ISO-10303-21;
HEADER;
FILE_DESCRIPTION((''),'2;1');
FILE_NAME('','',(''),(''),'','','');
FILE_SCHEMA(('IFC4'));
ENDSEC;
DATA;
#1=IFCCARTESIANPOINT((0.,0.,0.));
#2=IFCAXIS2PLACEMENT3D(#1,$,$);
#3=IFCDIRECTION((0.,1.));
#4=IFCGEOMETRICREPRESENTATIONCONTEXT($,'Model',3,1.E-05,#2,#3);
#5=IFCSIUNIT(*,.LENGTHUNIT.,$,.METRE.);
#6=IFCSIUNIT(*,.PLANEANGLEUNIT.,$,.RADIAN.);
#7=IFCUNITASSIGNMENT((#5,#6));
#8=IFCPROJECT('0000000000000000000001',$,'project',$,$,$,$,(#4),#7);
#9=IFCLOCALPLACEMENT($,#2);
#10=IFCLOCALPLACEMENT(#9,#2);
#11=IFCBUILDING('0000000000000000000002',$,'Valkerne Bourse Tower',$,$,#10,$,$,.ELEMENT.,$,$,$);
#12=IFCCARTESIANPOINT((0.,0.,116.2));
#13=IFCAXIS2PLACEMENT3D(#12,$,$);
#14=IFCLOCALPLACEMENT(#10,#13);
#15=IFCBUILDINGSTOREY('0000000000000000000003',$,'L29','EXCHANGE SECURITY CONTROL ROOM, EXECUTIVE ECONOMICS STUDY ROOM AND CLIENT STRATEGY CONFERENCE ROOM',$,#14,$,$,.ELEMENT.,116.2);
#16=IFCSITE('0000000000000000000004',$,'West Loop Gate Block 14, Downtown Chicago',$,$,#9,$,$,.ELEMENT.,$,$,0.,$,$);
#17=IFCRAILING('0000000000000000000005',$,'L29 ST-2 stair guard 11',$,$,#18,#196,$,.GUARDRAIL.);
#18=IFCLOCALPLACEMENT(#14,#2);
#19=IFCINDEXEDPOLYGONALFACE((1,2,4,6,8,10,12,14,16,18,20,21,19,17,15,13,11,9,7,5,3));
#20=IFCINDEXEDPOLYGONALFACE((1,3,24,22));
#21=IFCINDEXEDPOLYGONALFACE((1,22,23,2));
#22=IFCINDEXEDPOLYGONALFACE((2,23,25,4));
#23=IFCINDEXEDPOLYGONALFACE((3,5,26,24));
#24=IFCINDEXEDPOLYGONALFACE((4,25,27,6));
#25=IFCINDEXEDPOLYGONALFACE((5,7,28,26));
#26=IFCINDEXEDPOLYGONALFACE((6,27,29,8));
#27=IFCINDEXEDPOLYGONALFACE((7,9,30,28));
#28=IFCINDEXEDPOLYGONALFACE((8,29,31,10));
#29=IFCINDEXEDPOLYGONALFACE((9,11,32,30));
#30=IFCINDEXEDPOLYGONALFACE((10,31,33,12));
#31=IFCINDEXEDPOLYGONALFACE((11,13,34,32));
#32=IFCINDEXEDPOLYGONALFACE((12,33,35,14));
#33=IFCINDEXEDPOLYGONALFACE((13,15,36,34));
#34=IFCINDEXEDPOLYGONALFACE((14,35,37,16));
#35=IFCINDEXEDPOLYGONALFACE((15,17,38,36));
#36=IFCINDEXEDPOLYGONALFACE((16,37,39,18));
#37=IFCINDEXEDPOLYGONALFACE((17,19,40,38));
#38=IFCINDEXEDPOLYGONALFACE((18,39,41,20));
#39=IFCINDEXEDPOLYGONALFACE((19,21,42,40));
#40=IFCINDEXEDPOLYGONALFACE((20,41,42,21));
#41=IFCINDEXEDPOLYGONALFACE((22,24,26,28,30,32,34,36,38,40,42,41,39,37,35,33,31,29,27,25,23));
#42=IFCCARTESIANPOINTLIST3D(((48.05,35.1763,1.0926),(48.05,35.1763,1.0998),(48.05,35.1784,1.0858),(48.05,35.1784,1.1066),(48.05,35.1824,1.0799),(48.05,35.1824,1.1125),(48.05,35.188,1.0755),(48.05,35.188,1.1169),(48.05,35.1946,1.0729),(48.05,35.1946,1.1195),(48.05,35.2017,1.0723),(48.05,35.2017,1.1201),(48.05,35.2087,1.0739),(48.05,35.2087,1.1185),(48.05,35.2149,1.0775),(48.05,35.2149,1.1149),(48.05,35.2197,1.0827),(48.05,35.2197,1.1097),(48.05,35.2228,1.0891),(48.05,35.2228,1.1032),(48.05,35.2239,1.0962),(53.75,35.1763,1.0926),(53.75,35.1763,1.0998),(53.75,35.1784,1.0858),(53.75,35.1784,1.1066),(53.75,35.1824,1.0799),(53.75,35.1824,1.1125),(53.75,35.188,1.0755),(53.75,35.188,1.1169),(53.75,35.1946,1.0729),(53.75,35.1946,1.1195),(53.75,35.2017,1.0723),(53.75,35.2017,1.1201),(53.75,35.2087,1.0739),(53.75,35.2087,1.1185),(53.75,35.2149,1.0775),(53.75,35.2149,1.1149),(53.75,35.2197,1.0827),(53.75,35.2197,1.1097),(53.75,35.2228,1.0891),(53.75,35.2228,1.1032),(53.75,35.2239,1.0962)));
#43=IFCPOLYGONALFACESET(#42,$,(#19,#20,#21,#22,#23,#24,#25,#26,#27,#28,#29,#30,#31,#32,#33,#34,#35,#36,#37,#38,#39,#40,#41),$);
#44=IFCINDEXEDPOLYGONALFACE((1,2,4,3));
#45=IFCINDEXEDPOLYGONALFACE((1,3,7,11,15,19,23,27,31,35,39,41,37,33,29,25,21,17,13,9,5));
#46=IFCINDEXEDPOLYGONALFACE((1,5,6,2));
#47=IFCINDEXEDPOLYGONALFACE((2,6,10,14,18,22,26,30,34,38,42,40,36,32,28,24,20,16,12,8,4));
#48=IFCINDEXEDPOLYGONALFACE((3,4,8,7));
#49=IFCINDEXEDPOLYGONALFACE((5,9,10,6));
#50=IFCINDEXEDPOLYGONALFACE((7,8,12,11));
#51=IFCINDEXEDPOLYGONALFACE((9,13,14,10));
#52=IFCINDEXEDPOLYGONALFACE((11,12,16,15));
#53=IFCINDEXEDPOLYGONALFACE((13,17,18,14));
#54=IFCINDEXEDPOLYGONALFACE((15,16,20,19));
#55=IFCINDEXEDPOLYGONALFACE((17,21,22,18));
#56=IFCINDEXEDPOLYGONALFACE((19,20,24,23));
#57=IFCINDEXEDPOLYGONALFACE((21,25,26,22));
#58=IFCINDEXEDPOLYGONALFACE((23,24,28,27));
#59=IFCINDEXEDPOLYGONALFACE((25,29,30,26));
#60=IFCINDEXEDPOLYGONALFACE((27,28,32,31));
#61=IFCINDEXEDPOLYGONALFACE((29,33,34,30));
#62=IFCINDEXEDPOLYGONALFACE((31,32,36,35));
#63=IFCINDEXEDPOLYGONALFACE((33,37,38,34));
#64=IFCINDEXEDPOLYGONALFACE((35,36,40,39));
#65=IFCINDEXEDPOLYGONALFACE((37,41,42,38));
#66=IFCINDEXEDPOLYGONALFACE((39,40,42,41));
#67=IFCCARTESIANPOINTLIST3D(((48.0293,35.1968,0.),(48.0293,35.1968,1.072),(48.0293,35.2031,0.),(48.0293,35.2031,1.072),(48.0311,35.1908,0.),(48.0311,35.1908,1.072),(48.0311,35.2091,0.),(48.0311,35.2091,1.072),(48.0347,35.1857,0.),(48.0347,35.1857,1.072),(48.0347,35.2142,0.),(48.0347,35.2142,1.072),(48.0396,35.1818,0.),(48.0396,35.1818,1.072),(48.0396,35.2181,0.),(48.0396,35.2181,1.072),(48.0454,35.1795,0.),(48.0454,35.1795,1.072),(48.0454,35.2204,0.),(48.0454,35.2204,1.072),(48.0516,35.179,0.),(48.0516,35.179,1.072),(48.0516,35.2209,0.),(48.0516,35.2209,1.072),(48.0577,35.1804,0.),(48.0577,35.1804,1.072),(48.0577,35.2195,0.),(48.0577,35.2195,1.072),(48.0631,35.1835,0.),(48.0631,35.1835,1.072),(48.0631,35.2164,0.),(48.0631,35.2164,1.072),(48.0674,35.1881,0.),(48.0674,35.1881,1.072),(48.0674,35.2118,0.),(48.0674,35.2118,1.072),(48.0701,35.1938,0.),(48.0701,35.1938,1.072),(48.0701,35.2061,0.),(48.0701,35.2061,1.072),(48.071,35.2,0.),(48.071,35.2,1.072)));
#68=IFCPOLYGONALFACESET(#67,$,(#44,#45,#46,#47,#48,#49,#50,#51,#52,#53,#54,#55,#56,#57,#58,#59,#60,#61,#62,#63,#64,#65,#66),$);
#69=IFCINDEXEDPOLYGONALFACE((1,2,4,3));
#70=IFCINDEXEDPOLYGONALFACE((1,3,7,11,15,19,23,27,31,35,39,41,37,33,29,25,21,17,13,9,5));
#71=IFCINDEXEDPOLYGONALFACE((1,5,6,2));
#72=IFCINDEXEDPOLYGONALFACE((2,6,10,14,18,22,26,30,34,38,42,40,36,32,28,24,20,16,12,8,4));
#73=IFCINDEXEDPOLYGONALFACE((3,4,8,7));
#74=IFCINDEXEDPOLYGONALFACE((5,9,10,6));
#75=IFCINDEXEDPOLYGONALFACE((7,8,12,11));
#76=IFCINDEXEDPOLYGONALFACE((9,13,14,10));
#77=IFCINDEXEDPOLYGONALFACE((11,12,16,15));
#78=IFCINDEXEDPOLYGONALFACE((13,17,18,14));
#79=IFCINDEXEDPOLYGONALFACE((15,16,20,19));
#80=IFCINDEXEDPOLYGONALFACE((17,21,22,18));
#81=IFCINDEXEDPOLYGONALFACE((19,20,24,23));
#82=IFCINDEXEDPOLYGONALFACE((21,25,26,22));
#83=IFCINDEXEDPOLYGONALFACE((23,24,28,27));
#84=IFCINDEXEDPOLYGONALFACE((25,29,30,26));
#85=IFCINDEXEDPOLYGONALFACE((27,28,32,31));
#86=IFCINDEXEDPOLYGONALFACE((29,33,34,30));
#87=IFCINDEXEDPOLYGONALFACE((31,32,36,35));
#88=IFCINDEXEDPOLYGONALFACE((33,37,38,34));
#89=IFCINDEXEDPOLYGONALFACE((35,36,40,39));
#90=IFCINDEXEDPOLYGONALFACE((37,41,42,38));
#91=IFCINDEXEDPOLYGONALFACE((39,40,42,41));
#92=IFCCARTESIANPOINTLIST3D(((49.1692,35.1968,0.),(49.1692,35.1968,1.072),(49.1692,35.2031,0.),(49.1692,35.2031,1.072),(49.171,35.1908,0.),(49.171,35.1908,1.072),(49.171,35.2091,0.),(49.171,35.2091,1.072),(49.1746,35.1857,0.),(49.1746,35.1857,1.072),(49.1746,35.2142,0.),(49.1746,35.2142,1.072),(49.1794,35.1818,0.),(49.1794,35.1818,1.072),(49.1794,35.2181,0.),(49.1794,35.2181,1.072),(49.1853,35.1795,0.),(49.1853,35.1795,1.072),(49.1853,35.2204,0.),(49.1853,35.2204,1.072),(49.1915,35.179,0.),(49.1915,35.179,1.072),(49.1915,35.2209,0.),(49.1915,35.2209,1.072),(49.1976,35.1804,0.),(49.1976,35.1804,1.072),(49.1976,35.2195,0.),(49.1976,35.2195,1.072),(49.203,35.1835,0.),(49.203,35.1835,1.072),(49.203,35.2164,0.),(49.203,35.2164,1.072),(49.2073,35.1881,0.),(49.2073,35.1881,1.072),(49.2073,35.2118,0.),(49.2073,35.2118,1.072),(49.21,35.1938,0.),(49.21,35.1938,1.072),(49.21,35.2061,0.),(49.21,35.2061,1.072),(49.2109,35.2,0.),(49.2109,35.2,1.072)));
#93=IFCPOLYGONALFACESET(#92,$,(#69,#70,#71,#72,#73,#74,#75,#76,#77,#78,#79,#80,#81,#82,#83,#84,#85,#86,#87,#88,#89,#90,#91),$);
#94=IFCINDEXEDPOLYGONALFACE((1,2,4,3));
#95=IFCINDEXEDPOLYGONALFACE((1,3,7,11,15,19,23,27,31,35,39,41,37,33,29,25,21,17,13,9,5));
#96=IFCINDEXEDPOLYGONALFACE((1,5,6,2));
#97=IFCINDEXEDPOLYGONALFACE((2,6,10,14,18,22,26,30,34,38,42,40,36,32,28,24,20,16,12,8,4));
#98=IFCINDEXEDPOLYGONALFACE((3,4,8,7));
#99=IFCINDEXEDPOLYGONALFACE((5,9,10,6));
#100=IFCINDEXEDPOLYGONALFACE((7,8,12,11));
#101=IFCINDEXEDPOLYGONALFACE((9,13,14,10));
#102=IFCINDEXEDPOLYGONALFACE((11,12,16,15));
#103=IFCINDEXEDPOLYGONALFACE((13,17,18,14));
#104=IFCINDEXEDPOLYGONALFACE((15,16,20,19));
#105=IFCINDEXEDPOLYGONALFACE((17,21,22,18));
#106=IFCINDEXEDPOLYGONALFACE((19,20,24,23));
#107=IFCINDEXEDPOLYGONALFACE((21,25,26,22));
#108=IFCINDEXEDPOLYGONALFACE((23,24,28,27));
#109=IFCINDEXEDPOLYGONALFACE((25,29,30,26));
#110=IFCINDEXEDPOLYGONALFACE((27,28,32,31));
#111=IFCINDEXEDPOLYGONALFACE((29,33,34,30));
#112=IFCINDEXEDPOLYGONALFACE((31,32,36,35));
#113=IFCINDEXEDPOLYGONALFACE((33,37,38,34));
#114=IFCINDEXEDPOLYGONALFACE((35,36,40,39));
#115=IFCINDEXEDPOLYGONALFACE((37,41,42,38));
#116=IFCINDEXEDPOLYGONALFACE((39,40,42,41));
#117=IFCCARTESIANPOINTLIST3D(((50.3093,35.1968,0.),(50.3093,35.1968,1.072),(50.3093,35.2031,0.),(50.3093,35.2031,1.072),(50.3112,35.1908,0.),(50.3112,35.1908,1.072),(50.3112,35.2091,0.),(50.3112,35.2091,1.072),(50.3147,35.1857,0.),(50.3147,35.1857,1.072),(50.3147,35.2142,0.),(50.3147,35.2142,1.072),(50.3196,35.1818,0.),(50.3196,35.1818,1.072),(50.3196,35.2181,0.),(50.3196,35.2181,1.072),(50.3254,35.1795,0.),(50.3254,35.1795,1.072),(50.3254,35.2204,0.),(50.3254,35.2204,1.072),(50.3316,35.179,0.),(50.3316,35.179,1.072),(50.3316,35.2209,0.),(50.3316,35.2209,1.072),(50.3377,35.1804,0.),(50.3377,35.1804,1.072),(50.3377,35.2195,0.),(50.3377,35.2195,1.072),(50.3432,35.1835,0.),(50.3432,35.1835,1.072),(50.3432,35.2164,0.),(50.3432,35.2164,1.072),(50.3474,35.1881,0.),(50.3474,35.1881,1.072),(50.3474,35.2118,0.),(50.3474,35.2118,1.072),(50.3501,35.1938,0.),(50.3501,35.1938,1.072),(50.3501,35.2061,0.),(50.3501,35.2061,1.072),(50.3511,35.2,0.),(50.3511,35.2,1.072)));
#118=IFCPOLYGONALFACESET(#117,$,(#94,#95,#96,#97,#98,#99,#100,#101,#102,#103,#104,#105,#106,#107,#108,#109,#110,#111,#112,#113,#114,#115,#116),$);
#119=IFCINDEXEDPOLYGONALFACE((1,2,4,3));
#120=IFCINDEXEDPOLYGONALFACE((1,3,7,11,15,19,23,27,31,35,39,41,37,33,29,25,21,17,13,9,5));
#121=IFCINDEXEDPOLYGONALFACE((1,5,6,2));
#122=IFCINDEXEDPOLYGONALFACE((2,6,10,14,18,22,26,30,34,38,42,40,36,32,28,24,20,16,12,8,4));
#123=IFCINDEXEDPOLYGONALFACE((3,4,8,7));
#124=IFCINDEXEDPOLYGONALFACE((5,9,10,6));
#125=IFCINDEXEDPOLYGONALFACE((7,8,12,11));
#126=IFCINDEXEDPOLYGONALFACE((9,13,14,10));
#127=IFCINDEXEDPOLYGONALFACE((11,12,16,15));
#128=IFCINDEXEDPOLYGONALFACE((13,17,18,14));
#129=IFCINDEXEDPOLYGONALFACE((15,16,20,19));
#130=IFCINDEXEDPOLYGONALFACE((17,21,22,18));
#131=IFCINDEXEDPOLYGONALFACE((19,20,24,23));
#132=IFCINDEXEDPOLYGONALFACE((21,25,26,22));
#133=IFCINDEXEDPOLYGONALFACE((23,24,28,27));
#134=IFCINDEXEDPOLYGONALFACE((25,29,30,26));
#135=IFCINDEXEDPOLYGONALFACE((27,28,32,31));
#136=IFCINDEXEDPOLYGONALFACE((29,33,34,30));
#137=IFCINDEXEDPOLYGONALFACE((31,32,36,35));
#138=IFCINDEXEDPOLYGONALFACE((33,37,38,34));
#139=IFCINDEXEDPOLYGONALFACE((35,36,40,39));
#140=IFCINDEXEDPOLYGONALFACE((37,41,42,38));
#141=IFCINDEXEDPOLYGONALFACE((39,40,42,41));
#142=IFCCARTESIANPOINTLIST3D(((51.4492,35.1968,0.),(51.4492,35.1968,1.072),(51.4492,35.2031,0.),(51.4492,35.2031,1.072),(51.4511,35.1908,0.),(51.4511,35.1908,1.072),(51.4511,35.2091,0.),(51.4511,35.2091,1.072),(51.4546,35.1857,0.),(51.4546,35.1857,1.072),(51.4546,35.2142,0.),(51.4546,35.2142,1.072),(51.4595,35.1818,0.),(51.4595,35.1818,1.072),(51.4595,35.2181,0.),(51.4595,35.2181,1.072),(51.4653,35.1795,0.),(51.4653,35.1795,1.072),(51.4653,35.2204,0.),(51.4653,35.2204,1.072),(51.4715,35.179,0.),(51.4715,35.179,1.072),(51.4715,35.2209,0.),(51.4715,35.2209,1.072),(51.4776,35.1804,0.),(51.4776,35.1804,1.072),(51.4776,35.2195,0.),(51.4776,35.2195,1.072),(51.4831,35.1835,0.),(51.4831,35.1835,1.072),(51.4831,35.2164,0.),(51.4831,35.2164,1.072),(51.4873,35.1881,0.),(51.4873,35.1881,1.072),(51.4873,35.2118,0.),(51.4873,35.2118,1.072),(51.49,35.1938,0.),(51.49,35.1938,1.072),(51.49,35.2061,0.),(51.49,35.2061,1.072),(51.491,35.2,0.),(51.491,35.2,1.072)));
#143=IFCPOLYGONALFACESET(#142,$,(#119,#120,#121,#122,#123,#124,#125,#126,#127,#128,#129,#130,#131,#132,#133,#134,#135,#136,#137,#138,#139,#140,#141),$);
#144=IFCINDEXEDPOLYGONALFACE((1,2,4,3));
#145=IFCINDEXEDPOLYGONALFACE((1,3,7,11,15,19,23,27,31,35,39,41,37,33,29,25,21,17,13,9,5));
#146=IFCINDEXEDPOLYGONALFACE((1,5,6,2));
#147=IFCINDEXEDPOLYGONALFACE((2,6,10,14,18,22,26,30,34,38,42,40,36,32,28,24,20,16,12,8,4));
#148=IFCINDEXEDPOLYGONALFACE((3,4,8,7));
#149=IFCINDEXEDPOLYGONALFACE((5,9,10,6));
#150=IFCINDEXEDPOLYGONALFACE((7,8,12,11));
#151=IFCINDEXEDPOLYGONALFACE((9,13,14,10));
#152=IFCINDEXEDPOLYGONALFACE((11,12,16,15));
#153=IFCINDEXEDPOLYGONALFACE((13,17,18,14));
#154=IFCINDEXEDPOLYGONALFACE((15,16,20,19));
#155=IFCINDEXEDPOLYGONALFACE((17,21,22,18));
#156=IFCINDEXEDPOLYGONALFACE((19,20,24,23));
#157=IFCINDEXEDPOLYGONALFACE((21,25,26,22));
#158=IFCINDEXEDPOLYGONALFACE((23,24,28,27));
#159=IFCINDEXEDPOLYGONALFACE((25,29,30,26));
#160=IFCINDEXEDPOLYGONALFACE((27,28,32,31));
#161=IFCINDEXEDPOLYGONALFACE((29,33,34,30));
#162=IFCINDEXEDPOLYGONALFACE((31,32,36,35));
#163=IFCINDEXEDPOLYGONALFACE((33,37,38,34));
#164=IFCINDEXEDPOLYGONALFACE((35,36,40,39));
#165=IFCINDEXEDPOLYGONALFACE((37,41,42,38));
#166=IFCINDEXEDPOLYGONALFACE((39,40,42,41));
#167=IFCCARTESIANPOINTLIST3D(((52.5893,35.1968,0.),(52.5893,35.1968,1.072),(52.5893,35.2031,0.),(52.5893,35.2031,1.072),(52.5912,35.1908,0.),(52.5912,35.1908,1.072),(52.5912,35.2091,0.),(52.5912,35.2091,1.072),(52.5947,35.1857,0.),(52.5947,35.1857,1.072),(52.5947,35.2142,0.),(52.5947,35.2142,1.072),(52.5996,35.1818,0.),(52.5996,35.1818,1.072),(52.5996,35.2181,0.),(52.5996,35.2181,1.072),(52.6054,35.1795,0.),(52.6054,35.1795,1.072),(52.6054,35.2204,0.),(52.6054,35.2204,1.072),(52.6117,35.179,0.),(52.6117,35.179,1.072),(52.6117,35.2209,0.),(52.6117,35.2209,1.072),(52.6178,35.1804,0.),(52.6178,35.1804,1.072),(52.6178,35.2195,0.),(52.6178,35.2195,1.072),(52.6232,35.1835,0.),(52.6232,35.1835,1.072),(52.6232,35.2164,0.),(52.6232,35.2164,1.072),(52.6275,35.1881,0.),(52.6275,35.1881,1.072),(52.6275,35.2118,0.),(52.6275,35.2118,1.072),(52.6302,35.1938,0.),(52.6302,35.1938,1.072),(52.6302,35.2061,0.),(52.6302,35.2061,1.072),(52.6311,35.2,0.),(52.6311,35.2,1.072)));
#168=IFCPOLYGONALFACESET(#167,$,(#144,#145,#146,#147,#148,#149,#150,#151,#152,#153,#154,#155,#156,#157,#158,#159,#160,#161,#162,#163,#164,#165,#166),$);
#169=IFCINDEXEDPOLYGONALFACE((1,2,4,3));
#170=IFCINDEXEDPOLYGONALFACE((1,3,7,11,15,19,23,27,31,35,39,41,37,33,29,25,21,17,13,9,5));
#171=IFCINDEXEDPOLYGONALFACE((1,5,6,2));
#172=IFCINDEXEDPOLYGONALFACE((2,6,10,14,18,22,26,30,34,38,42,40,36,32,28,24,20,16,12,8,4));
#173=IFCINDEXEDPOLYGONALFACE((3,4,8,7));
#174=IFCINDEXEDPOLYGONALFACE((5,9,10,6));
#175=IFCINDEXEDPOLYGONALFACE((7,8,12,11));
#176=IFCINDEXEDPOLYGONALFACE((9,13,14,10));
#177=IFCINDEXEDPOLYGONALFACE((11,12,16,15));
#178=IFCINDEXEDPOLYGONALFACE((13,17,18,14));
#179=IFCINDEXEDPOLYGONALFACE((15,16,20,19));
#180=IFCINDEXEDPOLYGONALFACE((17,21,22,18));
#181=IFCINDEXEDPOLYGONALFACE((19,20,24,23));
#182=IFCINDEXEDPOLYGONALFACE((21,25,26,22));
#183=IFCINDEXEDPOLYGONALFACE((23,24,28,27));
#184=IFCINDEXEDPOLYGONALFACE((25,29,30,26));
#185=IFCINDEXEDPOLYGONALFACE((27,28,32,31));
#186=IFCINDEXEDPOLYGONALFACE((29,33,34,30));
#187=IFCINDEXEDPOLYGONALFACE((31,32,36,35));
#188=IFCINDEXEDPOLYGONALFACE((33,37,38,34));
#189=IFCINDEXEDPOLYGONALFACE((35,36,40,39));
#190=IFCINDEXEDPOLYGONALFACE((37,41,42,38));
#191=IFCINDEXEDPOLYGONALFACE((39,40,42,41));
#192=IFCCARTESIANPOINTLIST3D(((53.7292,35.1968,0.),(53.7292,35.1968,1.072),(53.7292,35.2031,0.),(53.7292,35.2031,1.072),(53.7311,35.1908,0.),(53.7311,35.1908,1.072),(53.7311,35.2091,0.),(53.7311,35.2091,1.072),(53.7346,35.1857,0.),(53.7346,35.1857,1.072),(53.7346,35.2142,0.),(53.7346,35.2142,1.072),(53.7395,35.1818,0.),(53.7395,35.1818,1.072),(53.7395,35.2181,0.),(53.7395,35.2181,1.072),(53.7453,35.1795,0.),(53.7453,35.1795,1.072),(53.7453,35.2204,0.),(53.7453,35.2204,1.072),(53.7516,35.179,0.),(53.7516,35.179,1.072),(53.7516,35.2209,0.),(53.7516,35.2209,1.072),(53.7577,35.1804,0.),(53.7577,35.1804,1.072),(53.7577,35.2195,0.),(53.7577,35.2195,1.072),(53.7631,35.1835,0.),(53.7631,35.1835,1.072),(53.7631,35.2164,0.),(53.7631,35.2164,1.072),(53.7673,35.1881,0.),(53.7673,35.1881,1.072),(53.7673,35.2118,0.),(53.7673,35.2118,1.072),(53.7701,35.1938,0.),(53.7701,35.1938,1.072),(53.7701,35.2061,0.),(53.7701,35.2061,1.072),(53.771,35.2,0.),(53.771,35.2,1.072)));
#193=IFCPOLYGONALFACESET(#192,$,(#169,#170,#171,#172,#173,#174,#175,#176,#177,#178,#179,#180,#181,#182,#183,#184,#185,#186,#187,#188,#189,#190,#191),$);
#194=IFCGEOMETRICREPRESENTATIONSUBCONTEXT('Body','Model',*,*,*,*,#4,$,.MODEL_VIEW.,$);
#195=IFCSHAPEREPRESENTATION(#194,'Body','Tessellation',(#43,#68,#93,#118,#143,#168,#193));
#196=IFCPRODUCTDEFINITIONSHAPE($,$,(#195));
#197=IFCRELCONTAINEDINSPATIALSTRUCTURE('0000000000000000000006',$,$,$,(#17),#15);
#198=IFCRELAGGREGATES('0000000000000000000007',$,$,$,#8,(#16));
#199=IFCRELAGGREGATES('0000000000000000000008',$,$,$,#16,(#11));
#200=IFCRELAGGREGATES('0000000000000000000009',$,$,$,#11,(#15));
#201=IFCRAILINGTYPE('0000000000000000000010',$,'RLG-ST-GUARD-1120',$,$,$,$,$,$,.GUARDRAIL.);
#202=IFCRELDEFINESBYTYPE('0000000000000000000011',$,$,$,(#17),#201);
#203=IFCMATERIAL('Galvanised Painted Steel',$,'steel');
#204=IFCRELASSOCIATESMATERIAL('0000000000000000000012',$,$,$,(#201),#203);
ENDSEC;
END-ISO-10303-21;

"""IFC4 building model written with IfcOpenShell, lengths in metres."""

from ifc_helpers import new_model, si_unit, direction, frame, origin, origin_2d, place, context, subcontext, project, spatial, circle, extrude, material, type_object, element, save


model = new_model("IFC4")

# Units and contexts
model_context = context("Model", 3, precision=1e-05, world=origin(), true_north=direction((0.0, 1.0)))
body_context = subcontext(model_context, "Body", "Model", "MODEL_VIEW")
ifc_project = project(units=[si_unit("LENGTHUNIT", "METRE"), si_unit("PLANEANGLEUNIT", "RADIAN")], contexts=[model_context])

# Site, building, storey
site_placement = place(None, origin())
site = spatial("IfcSite", under=ifc_project, at=site_placement, Name="West Loop Gate Block 14, Downtown Chicago", CompositionType="ELEMENT", RefElevation=0.0)
building_placement = place(site_placement, origin())
building = spatial("IfcBuilding", under=site, at=building_placement, Name="Valkerne Bourse Tower", CompositionType="ELEMENT")
storey_placement = place(building_placement, frame((0.0, 0.0, 116.2)))
storey = spatial("IfcBuildingStorey", under=building, at=storey_placement, Name="L29", Description="EXCHANGE SECURITY CONTROL ROOM, EXECUTIVE ECONOMICS STUDY ROOM AND CLIENT STRATEGY CONFERENCE ROOM", CompositionType="ELEMENT", Elevation=116.2)

# Shared definitions
ifc_material_1 = material(Name="Galvanised Painted Steel", Category="steel")

# Railing
railing_type_1 = type_object("IfcRailingType", Name="RLG-ST-GUARD-1120", PredefinedType="GUARDRAIL", material=ifc_material_1)
for number, where, name in (
    (1, (48.05, 35.2, 0.0), "L29 ST-2 stair guard 11"),
):
    element("IfcRailing", number, at=place(storey_placement, frame(where)), inside=storey, type_object=railing_type_1, Name=name, PredefinedType="GUARDRAIL", context=body_context, shape_type="SweptSolid", body=[
        extrude(circle(Radius=0.0239, at=origin_2d()), frame((0.0, 0.0, 1.0962), z_axis=(1.0, 0.0, 0.0), x_axis=(0.0, 1.0, 0.0)), (0.0, 0.0, 1.0), 5.7),
        extrude(circle(Radius=0.021, at=origin_2d()), origin(), (0.0, 0.0, 1.0), 1.072),
        extrude(circle(Radius=0.021, at=origin_2d()), frame((1.1399, 0.0, 0.0)), (0.0, 0.0, 1.0), 1.072),
        extrude(circle(Radius=0.021, at=origin_2d()), frame((2.28, 0.0, 0.0)), (0.0, 0.0, 1.0), 1.072),
        extrude(circle(Radius=0.021, at=origin_2d()), frame((3.4199, 0.0, 0.0)), (0.0, 0.0, 1.0), 1.072),
        extrude(circle(Radius=0.021, at=origin_2d()), frame((4.5601, 0.0, 0.0)), (0.0, 0.0, 1.0), 1.072),
        extrude(circle(Radius=0.021, at=origin_2d()), frame((5.7, 0.0, 0.0)), (0.0, 0.0, 1.0), 1.072),
    ])

save(model, "model.ifc")
